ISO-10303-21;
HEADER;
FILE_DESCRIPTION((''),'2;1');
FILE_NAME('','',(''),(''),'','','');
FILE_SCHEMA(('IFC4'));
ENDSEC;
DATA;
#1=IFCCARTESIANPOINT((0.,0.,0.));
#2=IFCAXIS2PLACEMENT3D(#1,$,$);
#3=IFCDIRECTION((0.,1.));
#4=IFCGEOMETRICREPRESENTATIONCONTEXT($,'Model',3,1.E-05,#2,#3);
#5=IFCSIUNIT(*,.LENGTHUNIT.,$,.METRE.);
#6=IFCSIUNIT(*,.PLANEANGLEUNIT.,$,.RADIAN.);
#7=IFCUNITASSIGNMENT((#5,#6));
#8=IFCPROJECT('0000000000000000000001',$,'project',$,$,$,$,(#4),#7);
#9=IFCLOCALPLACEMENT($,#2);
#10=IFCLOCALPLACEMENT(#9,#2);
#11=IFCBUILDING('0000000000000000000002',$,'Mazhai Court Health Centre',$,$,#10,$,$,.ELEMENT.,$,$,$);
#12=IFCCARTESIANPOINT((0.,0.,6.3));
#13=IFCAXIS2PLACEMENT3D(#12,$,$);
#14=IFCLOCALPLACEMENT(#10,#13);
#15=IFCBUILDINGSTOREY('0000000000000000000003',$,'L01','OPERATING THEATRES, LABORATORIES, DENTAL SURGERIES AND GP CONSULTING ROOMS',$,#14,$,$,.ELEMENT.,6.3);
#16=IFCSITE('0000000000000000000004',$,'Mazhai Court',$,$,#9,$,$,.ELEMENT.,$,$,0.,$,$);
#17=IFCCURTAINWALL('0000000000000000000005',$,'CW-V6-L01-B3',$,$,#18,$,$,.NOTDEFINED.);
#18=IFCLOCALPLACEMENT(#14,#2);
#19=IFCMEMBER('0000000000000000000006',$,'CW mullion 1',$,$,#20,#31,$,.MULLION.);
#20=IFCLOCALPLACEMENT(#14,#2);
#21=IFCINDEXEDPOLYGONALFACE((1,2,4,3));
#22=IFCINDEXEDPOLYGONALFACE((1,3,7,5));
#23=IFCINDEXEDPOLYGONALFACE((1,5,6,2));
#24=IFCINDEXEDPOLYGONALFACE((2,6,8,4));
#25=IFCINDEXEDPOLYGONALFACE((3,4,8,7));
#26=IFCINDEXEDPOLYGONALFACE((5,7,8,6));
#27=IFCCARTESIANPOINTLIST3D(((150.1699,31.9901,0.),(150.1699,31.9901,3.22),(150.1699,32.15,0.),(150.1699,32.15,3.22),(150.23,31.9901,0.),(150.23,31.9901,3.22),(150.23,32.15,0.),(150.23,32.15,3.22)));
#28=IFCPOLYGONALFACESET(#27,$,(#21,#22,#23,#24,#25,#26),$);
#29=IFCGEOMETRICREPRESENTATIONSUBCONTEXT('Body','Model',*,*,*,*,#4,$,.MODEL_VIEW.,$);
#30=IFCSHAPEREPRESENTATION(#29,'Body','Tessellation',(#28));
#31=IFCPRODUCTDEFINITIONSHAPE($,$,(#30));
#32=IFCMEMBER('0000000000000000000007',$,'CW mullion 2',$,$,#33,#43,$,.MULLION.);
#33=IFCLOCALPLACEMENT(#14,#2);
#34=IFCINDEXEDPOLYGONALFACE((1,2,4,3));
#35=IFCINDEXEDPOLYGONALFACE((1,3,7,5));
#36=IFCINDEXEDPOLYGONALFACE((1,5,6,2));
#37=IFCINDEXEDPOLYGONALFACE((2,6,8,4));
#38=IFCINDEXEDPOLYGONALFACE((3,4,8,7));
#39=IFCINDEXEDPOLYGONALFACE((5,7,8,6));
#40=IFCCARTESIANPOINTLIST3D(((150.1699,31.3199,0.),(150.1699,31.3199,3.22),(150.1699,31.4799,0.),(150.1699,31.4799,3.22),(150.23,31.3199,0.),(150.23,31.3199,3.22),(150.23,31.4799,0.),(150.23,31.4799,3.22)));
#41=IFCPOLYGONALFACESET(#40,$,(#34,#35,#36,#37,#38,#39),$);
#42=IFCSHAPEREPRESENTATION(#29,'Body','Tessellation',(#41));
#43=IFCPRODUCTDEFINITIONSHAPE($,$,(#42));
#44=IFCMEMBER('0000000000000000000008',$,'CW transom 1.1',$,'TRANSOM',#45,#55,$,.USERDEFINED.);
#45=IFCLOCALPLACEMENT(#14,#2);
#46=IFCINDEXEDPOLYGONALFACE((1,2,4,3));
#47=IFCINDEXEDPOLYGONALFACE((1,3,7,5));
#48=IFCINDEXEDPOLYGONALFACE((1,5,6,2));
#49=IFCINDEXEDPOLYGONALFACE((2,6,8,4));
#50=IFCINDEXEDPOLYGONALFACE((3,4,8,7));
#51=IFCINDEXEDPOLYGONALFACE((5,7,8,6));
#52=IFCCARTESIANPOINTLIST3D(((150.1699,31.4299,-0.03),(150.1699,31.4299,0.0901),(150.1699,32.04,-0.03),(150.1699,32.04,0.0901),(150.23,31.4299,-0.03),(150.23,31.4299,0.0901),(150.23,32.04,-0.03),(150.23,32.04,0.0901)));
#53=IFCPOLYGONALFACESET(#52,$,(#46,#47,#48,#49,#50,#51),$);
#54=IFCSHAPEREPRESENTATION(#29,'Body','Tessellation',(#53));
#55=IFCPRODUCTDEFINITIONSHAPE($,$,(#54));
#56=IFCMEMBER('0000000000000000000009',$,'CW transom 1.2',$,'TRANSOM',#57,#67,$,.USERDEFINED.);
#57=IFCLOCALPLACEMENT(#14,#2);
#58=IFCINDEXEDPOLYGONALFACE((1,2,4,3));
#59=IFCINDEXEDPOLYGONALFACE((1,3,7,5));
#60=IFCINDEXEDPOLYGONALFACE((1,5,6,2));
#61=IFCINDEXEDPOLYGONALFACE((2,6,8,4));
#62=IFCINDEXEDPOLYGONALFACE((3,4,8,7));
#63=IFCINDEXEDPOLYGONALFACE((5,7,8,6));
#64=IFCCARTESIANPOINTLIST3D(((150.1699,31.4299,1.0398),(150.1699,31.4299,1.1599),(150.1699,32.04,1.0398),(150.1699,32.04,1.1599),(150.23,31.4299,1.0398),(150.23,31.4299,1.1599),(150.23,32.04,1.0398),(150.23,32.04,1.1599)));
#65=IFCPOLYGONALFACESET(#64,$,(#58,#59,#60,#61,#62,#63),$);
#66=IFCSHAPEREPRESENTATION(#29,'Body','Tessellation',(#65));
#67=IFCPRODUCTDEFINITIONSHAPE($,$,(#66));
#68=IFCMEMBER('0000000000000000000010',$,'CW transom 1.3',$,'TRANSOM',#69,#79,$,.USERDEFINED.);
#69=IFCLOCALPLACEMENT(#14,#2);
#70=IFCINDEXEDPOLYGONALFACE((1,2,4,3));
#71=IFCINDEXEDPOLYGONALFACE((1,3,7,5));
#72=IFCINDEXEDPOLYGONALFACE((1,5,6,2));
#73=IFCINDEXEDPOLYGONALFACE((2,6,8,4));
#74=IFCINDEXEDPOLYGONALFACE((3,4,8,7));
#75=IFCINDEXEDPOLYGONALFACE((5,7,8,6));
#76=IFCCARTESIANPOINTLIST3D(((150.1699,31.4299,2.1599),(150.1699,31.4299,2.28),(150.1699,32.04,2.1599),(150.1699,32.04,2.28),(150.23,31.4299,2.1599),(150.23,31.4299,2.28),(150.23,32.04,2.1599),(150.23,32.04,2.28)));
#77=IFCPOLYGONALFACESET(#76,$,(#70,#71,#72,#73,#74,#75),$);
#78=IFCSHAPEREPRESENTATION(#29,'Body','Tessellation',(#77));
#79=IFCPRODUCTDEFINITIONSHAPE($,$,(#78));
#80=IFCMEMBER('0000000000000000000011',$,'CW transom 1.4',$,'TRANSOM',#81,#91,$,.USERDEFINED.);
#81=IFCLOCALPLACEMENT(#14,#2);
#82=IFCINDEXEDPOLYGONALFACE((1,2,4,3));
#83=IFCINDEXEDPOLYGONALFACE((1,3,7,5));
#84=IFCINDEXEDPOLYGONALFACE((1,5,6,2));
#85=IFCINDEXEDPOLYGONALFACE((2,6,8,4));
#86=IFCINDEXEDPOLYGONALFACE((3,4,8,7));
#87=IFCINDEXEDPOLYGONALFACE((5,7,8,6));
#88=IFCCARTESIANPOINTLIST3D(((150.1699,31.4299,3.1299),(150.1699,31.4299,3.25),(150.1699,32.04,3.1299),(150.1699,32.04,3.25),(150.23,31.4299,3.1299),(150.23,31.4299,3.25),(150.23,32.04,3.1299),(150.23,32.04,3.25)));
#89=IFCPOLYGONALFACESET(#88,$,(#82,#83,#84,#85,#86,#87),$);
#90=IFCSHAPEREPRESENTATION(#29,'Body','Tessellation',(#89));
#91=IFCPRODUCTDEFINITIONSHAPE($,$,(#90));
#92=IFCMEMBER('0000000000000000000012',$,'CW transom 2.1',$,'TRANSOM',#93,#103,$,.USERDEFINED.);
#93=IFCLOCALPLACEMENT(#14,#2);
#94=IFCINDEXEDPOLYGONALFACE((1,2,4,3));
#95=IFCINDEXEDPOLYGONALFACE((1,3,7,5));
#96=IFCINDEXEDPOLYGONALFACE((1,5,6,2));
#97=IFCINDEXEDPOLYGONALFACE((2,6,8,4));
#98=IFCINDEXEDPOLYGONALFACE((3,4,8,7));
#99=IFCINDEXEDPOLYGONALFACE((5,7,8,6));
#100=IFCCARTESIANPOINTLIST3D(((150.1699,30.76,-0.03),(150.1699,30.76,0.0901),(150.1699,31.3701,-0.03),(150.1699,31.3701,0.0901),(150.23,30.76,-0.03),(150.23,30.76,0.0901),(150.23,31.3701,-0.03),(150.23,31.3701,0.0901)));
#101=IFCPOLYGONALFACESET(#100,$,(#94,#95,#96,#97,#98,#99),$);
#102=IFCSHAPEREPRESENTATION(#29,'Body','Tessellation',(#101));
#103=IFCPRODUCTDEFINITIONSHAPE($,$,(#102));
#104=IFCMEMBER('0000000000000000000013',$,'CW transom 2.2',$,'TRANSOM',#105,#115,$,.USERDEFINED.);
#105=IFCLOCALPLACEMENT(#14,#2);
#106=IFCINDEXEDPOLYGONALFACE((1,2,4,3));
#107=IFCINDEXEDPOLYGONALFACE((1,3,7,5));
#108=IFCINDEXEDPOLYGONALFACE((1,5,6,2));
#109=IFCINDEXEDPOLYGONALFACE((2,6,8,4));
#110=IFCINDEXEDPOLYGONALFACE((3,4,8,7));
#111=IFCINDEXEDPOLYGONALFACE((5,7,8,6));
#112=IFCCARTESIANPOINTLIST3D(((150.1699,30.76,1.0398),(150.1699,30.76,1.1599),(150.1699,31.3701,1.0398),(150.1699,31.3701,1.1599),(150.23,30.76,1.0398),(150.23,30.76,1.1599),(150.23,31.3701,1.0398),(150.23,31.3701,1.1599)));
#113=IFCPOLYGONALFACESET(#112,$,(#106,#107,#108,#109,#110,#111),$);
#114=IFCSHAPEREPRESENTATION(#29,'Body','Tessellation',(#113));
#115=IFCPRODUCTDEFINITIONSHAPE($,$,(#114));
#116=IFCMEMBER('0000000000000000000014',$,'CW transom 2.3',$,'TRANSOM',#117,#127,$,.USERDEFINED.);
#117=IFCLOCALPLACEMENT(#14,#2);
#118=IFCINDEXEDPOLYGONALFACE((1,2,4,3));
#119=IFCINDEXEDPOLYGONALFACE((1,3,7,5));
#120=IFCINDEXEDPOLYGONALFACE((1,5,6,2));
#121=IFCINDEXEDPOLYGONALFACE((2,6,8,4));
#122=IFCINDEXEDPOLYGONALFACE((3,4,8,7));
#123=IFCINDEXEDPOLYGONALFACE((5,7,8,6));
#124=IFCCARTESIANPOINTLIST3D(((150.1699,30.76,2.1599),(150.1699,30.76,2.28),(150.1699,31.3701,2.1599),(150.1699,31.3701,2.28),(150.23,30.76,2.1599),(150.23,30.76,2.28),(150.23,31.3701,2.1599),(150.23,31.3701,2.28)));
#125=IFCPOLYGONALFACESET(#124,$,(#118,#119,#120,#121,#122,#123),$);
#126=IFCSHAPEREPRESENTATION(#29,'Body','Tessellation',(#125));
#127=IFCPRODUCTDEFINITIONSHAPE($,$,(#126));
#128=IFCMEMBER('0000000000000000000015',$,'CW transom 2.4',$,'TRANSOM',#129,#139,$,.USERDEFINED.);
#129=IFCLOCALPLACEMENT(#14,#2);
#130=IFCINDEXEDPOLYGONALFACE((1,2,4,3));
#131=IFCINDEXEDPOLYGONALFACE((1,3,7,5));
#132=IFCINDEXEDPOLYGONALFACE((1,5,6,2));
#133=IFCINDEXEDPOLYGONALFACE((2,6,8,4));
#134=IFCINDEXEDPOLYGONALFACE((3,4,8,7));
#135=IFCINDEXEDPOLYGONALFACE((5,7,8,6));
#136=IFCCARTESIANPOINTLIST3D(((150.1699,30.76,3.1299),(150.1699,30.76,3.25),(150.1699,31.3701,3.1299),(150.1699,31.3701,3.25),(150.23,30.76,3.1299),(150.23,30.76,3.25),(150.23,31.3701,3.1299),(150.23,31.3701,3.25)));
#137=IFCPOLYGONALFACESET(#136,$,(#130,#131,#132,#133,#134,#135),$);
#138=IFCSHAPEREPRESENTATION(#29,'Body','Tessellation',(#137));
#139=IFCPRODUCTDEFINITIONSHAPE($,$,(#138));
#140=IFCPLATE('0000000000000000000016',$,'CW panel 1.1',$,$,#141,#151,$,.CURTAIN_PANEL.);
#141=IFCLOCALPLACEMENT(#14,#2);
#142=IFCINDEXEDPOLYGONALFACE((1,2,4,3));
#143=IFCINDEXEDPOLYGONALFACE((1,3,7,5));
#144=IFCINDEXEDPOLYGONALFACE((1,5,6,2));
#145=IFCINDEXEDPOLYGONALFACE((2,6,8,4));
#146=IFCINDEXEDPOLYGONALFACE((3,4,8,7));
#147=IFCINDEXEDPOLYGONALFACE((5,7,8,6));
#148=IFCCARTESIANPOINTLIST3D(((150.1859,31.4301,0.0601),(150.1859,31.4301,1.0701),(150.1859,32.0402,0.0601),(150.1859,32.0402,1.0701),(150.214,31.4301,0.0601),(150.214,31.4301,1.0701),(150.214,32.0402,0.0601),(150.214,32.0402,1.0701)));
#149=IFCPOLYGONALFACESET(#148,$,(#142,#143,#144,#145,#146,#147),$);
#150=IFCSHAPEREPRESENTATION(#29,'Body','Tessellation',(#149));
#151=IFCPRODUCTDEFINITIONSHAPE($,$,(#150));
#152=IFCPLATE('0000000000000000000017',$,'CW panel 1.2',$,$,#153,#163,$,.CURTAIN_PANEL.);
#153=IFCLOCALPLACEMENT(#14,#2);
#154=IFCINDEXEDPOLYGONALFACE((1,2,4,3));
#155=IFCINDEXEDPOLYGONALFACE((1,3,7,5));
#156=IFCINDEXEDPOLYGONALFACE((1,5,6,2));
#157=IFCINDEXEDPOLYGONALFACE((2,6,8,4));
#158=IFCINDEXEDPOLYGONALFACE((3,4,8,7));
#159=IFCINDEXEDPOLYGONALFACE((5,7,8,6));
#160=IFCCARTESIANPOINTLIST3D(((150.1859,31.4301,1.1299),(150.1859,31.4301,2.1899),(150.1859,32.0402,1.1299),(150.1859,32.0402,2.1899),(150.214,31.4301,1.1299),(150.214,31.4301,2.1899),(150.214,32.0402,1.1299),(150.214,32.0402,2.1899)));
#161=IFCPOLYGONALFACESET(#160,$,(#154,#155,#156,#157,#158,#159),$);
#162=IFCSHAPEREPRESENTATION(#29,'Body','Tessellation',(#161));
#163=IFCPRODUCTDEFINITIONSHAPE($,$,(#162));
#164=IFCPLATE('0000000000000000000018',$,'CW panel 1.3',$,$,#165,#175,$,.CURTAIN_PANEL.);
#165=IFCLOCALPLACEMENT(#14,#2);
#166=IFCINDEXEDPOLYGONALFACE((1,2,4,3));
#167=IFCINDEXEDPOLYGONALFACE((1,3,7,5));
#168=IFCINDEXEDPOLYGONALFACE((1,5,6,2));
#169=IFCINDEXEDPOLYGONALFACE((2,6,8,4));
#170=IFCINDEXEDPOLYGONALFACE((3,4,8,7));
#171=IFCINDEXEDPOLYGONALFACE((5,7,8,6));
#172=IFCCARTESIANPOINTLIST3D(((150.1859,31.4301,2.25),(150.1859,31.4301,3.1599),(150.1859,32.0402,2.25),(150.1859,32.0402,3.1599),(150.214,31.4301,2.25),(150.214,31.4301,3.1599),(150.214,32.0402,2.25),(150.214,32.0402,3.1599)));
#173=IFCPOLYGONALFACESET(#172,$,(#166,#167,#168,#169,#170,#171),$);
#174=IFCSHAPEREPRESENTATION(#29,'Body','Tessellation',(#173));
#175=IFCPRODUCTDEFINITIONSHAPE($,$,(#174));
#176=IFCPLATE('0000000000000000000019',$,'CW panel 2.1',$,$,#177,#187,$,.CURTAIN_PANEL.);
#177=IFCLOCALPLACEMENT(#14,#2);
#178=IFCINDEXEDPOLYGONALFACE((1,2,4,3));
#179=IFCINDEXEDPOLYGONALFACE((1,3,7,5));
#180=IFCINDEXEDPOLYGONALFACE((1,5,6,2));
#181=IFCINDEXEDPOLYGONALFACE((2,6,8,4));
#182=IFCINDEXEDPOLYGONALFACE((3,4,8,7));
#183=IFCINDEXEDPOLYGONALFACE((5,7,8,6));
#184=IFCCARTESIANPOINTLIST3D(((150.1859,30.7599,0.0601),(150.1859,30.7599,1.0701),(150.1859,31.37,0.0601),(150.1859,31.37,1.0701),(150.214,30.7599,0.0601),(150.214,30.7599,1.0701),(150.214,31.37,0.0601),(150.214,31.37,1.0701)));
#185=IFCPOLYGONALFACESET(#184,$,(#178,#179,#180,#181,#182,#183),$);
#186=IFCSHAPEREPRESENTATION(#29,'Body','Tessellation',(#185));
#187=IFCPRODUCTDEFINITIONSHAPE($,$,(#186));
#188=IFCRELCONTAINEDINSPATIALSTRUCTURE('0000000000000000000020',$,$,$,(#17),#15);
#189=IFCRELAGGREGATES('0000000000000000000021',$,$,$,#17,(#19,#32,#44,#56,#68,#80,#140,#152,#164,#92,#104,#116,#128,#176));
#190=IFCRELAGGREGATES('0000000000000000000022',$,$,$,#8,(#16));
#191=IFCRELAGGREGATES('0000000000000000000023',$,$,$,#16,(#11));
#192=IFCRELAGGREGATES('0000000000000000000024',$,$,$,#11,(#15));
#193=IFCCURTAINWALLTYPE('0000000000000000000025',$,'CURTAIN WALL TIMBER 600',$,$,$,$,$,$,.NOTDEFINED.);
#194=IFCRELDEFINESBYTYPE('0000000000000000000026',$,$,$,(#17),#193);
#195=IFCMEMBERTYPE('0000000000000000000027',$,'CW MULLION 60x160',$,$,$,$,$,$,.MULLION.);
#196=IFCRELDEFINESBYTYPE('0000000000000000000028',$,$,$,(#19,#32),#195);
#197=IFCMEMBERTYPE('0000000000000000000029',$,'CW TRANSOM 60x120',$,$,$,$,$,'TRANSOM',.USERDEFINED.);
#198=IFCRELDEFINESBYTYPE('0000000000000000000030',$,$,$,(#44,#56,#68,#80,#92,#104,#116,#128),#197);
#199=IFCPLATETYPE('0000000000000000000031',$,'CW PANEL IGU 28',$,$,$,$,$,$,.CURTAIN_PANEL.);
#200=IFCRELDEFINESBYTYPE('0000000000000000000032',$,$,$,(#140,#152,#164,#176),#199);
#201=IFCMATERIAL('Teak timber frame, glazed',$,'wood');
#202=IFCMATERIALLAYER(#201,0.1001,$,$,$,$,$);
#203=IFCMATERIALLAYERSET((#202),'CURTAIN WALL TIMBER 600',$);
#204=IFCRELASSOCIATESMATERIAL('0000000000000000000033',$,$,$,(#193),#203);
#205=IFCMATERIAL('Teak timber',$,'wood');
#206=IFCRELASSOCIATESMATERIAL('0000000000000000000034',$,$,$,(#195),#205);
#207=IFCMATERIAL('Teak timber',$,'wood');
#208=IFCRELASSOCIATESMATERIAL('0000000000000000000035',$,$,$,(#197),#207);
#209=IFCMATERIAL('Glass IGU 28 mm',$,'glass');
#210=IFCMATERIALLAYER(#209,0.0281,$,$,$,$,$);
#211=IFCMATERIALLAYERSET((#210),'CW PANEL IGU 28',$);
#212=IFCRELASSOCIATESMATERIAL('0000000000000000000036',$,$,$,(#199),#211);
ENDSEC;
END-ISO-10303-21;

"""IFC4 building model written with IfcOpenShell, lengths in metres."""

from ifc_helpers import new_model, si_unit, direction, frame, origin, origin_2d, place, context, subcontext, project, spatial, rectangle, extrude, material, layer, layer_set, material_profile, profile_set, type_object, element, aggregate, save


model = new_model("IFC4")

# Units and contexts
model_context = context("Model", 3, precision=1e-05, world=origin(), true_north=direction((0.0, 1.0)))
body_context = subcontext(model_context, "Body", "Model", "MODEL_VIEW")
ifc_project = project(units=[si_unit("LENGTHUNIT", "METRE"), si_unit("PLANEANGLEUNIT", "RADIAN")], contexts=[model_context])

# Site, building, storey
site_placement = place(None, origin())
site = spatial("IfcSite", under=ifc_project, at=site_placement, Name="Mazhai Court", CompositionType="ELEMENT", RefElevation=0.0)
building_placement = place(site_placement, origin())
building = spatial("IfcBuilding", under=site, at=building_placement, Name="Mazhai Court Health Centre", CompositionType="ELEMENT")
storey_placement = place(building_placement, frame((0.0, 0.0, 6.3)))
storey = spatial("IfcBuildingStorey", under=building, at=storey_placement, Name="L01", Description="OPERATING THEATRES, LABORATORIES, DENTAL SURGERIES AND GP CONSULTING ROOMS", CompositionType="ELEMENT", Elevation=6.3)

# Curtain wall, members, plates
ifc_material_1 = material(Name="Teak timber frame, glazed", Category="wood")
ifc_layer_1 = layer(ifc_material_1, 0.1001)
ifc_layer_set_1 = layer_set([ifc_layer_1], Name="CURTAIN WALL TIMBER 600")
curtain_wall_type = type_object("IfcCurtainWallType", Name="CURTAIN WALL TIMBER 600", PredefinedType="NOTDEFINED", material=ifc_layer_set_1)
curtain_wall_placement = place(storey_placement, origin())
curtain_wall = element("IfcCurtainWall", 1, at=curtain_wall_placement, inside=storey, type_object=curtain_wall_type, Name="CW-V6-L01-B3", PredefinedType="NOTDEFINED")
ifc_material_2 = material(Name="Teak timber", Category="wood")
ifc_material_profile_1 = material_profile(ifc_material_2, rectangle(XDim=0.0601, YDim=0.1599, at=origin_2d()), Name="CW MULLION 60x160")
ifc_profile_set_1 = profile_set([ifc_material_profile_1], Name="Teak timber")
member_type_1 = type_object("IfcMemberType", Name="CW MULLION 60x160", PredefinedType="MULLION", material=ifc_profile_set_1)
member_1_placement = place(storey_placement, frame((150.2, 32.0701, 0.0), z_axis=(0.0, 0.0, 1.0), x_axis=(1.0, 0.0, 0.0)))
member_1 = element("IfcMember", 2, at=member_1_placement, type_object=member_type_1, Name="CW mullion 1", PredefinedType="MULLION", context=body_context, shape_type="SweptSolid", body=[
    extrude(rectangle(XDim=0.0601, YDim=0.1599, at=origin_2d()), origin(), (0.0, 0.0, 1.0), 3.22),
])
member_2_placement = place(storey_placement, frame((150.2, 31.3999, 0.0), z_axis=(0.0, 0.0, 1.0), x_axis=(1.0, 0.0, 0.0)))
member_2 = element("IfcMember", 3, at=member_2_placement, type_object=member_type_1, Name="CW mullion 2", PredefinedType="MULLION", context=body_context, shape_type="SweptSolid", body=[
    extrude(rectangle(XDim=0.0601, YDim=0.1599, at=origin_2d()), origin(), (0.0, 0.0, 1.0), 3.22),
])
ifc_material_3 = material(Name="Teak timber", Category="wood")
ifc_material_profile_2 = material_profile(ifc_material_3, rectangle(XDim=0.0601, YDim=0.1201, at=origin_2d()), Name="CW TRANSOM 60x120")
ifc_profile_set_2 = profile_set([ifc_material_profile_2], Name="Teak timber")
member_type_2 = type_object("IfcMemberType", Name="CW TRANSOM 60x120", ElementType="TRANSOM", PredefinedType="USERDEFINED", material=ifc_profile_set_2)
member_3_placement = place(storey_placement, frame((150.2, 32.04, 0.03), z_axis=(0.0, -1.0, 0.0), x_axis=(1.0, 0.0, 0.0)))
member_3 = element("IfcMember", 4, at=member_3_placement, type_object=member_type_2, Name="CW transom 1.1", ObjectType="TRANSOM", PredefinedType="USERDEFINED", context=body_context, shape_type="SweptSolid", body=[
    extrude(rectangle(XDim=0.0601, YDim=0.1201, at=origin_2d()), origin(), (0.0, 0.0, 1.0), 0.6101),
])
member_4_placement = place(storey_placement, frame((150.2, 32.04, 1.0999), z_axis=(0.0, -1.0, 0.0), x_axis=(1.0, 0.0, 0.0)))
member_4 = element("IfcMember", 5, at=member_4_placement, type_object=member_type_2, Name="CW transom 1.2", ObjectType="TRANSOM", PredefinedType="USERDEFINED", context=body_context, shape_type="SweptSolid", body=[
    extrude(rectangle(XDim=0.0601, YDim=0.1201, at=origin_2d()), origin(), (0.0, 0.0, 1.0), 0.6101),
])
member_5_placement = place(storey_placement, frame((150.2, 32.04, 2.22), z_axis=(0.0, -1.0, 0.0), x_axis=(1.0, 0.0, 0.0)))
member_5 = element("IfcMember", 6, at=member_5_placement, type_object=member_type_2, Name="CW transom 1.3", ObjectType="TRANSOM", PredefinedType="USERDEFINED", context=body_context, shape_type="SweptSolid", body=[
    extrude(rectangle(XDim=0.0601, YDim=0.1201, at=origin_2d()), origin(), (0.0, 0.0, 1.0), 0.6101),
])
member_6_placement = place(storey_placement, frame((150.2, 32.04, 3.1899), z_axis=(0.0, -1.0, 0.0), x_axis=(1.0, 0.0, 0.0)))
member_6 = element("IfcMember", 7, at=member_6_placement, type_object=member_type_2, Name="CW transom 1.4", ObjectType="TRANSOM", PredefinedType="USERDEFINED", context=body_context, shape_type="SweptSolid", body=[
    extrude(rectangle(XDim=0.0601, YDim=0.1201, at=origin_2d()), origin(), (0.0, 0.0, 1.0), 0.6101),
])
member_7_placement = place(storey_placement, frame((150.2, 31.3701, 0.03), z_axis=(0.0, -1.0, 0.0), x_axis=(1.0, 0.0, 0.0)))
member_7 = element("IfcMember", 8, at=member_7_placement, type_object=member_type_2, Name="CW transom 2.1", ObjectType="TRANSOM", PredefinedType="USERDEFINED", context=body_context, shape_type="SweptSolid", body=[
    extrude(rectangle(XDim=0.0601, YDim=0.1201, at=origin_2d()), origin(), (0.0, 0.0, 1.0), 0.6101),
])
member_8_placement = place(storey_placement, frame((150.2, 31.3701, 1.0999), z_axis=(0.0, -1.0, 0.0), x_axis=(1.0, 0.0, 0.0)))
member_8 = element("IfcMember", 9, at=member_8_placement, type_object=member_type_2, Name="CW transom 2.2", ObjectType="TRANSOM", PredefinedType="USERDEFINED", context=body_context, shape_type="SweptSolid", body=[
    extrude(rectangle(XDim=0.0601, YDim=0.1201, at=origin_2d()), origin(), (0.0, 0.0, 1.0), 0.6101),
])
member_9_placement = place(storey_placement, frame((150.2, 31.3701, 2.22), z_axis=(0.0, -1.0, 0.0), x_axis=(1.0, 0.0, 0.0)))
member_9 = element("IfcMember", 10, at=member_9_placement, type_object=member_type_2, Name="CW transom 2.3", ObjectType="TRANSOM", PredefinedType="USERDEFINED", context=body_context, shape_type="SweptSolid", body=[
    extrude(rectangle(XDim=0.0601, YDim=0.1201, at=origin_2d()), origin(), (0.0, 0.0, 1.0), 0.6101),
])
member_10_placement = place(storey_placement, frame((150.2, 31.3701, 3.1899), z_axis=(0.0, -1.0, 0.0), x_axis=(1.0, 0.0, 0.0)))
member_10 = element("IfcMember", 11, at=member_10_placement, type_object=member_type_2, Name="CW transom 2.4", ObjectType="TRANSOM", PredefinedType="USERDEFINED", context=body_context, shape_type="SweptSolid", body=[
    extrude(rectangle(XDim=0.0601, YDim=0.1201, at=origin_2d()), origin(), (0.0, 0.0, 1.0), 0.6101),
])
ifc_material_4 = material(Name="Glass IGU 28 mm", Category="glass")
ifc_layer_2 = layer(ifc_material_4, 0.0281)
ifc_layer_set_2 = layer_set([ifc_layer_2], Name="CW PANEL IGU 28")
plate_type = type_object("IfcPlateType", Name="CW PANEL IGU 28", PredefinedType="CURTAIN_PANEL", material=ifc_layer_set_2)
plate_1_placement = place(storey_placement, frame((150.2, 31.7351, 0.0601), z_axis=(0.0, 0.0, 1.0), x_axis=(0.0, -1.0, 0.0)))
plate_1 = element("IfcPlate", 12, at=plate_1_placement, type_object=plate_type, Name="CW panel 1.1", PredefinedType="CURTAIN_PANEL", context=body_context, shape_type="SweptSolid", body=[
    extrude(rectangle(XDim=0.6101, YDim=0.0281, at=origin_2d()), origin(), (0.0, 0.0, 1.0), 1.01),
])
plate_2_placement = place(storey_placement, frame((150.2, 31.7351, 1.1299), z_axis=(0.0, 0.0, 1.0), x_axis=(0.0, -1.0, 0.0)))
plate_2 = element("IfcPlate", 13, at=plate_2_placement, type_object=plate_type, Name="CW panel 1.2", PredefinedType="CURTAIN_PANEL", context=body_context, shape_type="SweptSolid", body=[
    extrude(rectangle(XDim=0.6101, YDim=0.0281, at=origin_2d()), origin(), (0.0, 0.0, 1.0), 1.0601),
])
plate_3_placement = place(storey_placement, frame((150.2, 31.7351, 2.25), z_axis=(0.0, 0.0, 1.0), x_axis=(0.0, -1.0, 0.0)))
plate_3 = element("IfcPlate", 14, at=plate_3_placement, type_object=plate_type, Name="CW panel 1.3", PredefinedType="CURTAIN_PANEL", context=body_context, shape_type="SweptSolid", body=[
    extrude(rectangle(XDim=0.6101, YDim=0.0281, at=origin_2d()), origin(), (0.0, 0.0, 1.0), 0.9099),
])
plate_4_placement = place(storey_placement, frame((150.2, 31.0649, 0.0601), z_axis=(0.0, 0.0, 1.0), x_axis=(0.0, -1.0, 0.0)))
plate_4 = element("IfcPlate", 15, at=plate_4_placement, type_object=plate_type, Name="CW panel 2.1", PredefinedType="CURTAIN_PANEL", context=body_context, shape_type="SweptSolid", body=[
    extrude(rectangle(XDim=0.6101, YDim=0.0281, at=origin_2d()), origin(), (0.0, 0.0, 1.0), 1.01),
])
aggregate(curtain_wall, [member_1, member_2, member_3, member_4, member_5, member_6, plate_1, plate_2, plate_3, member_7, member_8, member_9, member_10, plate_4])

save(model, "model.ifc")
